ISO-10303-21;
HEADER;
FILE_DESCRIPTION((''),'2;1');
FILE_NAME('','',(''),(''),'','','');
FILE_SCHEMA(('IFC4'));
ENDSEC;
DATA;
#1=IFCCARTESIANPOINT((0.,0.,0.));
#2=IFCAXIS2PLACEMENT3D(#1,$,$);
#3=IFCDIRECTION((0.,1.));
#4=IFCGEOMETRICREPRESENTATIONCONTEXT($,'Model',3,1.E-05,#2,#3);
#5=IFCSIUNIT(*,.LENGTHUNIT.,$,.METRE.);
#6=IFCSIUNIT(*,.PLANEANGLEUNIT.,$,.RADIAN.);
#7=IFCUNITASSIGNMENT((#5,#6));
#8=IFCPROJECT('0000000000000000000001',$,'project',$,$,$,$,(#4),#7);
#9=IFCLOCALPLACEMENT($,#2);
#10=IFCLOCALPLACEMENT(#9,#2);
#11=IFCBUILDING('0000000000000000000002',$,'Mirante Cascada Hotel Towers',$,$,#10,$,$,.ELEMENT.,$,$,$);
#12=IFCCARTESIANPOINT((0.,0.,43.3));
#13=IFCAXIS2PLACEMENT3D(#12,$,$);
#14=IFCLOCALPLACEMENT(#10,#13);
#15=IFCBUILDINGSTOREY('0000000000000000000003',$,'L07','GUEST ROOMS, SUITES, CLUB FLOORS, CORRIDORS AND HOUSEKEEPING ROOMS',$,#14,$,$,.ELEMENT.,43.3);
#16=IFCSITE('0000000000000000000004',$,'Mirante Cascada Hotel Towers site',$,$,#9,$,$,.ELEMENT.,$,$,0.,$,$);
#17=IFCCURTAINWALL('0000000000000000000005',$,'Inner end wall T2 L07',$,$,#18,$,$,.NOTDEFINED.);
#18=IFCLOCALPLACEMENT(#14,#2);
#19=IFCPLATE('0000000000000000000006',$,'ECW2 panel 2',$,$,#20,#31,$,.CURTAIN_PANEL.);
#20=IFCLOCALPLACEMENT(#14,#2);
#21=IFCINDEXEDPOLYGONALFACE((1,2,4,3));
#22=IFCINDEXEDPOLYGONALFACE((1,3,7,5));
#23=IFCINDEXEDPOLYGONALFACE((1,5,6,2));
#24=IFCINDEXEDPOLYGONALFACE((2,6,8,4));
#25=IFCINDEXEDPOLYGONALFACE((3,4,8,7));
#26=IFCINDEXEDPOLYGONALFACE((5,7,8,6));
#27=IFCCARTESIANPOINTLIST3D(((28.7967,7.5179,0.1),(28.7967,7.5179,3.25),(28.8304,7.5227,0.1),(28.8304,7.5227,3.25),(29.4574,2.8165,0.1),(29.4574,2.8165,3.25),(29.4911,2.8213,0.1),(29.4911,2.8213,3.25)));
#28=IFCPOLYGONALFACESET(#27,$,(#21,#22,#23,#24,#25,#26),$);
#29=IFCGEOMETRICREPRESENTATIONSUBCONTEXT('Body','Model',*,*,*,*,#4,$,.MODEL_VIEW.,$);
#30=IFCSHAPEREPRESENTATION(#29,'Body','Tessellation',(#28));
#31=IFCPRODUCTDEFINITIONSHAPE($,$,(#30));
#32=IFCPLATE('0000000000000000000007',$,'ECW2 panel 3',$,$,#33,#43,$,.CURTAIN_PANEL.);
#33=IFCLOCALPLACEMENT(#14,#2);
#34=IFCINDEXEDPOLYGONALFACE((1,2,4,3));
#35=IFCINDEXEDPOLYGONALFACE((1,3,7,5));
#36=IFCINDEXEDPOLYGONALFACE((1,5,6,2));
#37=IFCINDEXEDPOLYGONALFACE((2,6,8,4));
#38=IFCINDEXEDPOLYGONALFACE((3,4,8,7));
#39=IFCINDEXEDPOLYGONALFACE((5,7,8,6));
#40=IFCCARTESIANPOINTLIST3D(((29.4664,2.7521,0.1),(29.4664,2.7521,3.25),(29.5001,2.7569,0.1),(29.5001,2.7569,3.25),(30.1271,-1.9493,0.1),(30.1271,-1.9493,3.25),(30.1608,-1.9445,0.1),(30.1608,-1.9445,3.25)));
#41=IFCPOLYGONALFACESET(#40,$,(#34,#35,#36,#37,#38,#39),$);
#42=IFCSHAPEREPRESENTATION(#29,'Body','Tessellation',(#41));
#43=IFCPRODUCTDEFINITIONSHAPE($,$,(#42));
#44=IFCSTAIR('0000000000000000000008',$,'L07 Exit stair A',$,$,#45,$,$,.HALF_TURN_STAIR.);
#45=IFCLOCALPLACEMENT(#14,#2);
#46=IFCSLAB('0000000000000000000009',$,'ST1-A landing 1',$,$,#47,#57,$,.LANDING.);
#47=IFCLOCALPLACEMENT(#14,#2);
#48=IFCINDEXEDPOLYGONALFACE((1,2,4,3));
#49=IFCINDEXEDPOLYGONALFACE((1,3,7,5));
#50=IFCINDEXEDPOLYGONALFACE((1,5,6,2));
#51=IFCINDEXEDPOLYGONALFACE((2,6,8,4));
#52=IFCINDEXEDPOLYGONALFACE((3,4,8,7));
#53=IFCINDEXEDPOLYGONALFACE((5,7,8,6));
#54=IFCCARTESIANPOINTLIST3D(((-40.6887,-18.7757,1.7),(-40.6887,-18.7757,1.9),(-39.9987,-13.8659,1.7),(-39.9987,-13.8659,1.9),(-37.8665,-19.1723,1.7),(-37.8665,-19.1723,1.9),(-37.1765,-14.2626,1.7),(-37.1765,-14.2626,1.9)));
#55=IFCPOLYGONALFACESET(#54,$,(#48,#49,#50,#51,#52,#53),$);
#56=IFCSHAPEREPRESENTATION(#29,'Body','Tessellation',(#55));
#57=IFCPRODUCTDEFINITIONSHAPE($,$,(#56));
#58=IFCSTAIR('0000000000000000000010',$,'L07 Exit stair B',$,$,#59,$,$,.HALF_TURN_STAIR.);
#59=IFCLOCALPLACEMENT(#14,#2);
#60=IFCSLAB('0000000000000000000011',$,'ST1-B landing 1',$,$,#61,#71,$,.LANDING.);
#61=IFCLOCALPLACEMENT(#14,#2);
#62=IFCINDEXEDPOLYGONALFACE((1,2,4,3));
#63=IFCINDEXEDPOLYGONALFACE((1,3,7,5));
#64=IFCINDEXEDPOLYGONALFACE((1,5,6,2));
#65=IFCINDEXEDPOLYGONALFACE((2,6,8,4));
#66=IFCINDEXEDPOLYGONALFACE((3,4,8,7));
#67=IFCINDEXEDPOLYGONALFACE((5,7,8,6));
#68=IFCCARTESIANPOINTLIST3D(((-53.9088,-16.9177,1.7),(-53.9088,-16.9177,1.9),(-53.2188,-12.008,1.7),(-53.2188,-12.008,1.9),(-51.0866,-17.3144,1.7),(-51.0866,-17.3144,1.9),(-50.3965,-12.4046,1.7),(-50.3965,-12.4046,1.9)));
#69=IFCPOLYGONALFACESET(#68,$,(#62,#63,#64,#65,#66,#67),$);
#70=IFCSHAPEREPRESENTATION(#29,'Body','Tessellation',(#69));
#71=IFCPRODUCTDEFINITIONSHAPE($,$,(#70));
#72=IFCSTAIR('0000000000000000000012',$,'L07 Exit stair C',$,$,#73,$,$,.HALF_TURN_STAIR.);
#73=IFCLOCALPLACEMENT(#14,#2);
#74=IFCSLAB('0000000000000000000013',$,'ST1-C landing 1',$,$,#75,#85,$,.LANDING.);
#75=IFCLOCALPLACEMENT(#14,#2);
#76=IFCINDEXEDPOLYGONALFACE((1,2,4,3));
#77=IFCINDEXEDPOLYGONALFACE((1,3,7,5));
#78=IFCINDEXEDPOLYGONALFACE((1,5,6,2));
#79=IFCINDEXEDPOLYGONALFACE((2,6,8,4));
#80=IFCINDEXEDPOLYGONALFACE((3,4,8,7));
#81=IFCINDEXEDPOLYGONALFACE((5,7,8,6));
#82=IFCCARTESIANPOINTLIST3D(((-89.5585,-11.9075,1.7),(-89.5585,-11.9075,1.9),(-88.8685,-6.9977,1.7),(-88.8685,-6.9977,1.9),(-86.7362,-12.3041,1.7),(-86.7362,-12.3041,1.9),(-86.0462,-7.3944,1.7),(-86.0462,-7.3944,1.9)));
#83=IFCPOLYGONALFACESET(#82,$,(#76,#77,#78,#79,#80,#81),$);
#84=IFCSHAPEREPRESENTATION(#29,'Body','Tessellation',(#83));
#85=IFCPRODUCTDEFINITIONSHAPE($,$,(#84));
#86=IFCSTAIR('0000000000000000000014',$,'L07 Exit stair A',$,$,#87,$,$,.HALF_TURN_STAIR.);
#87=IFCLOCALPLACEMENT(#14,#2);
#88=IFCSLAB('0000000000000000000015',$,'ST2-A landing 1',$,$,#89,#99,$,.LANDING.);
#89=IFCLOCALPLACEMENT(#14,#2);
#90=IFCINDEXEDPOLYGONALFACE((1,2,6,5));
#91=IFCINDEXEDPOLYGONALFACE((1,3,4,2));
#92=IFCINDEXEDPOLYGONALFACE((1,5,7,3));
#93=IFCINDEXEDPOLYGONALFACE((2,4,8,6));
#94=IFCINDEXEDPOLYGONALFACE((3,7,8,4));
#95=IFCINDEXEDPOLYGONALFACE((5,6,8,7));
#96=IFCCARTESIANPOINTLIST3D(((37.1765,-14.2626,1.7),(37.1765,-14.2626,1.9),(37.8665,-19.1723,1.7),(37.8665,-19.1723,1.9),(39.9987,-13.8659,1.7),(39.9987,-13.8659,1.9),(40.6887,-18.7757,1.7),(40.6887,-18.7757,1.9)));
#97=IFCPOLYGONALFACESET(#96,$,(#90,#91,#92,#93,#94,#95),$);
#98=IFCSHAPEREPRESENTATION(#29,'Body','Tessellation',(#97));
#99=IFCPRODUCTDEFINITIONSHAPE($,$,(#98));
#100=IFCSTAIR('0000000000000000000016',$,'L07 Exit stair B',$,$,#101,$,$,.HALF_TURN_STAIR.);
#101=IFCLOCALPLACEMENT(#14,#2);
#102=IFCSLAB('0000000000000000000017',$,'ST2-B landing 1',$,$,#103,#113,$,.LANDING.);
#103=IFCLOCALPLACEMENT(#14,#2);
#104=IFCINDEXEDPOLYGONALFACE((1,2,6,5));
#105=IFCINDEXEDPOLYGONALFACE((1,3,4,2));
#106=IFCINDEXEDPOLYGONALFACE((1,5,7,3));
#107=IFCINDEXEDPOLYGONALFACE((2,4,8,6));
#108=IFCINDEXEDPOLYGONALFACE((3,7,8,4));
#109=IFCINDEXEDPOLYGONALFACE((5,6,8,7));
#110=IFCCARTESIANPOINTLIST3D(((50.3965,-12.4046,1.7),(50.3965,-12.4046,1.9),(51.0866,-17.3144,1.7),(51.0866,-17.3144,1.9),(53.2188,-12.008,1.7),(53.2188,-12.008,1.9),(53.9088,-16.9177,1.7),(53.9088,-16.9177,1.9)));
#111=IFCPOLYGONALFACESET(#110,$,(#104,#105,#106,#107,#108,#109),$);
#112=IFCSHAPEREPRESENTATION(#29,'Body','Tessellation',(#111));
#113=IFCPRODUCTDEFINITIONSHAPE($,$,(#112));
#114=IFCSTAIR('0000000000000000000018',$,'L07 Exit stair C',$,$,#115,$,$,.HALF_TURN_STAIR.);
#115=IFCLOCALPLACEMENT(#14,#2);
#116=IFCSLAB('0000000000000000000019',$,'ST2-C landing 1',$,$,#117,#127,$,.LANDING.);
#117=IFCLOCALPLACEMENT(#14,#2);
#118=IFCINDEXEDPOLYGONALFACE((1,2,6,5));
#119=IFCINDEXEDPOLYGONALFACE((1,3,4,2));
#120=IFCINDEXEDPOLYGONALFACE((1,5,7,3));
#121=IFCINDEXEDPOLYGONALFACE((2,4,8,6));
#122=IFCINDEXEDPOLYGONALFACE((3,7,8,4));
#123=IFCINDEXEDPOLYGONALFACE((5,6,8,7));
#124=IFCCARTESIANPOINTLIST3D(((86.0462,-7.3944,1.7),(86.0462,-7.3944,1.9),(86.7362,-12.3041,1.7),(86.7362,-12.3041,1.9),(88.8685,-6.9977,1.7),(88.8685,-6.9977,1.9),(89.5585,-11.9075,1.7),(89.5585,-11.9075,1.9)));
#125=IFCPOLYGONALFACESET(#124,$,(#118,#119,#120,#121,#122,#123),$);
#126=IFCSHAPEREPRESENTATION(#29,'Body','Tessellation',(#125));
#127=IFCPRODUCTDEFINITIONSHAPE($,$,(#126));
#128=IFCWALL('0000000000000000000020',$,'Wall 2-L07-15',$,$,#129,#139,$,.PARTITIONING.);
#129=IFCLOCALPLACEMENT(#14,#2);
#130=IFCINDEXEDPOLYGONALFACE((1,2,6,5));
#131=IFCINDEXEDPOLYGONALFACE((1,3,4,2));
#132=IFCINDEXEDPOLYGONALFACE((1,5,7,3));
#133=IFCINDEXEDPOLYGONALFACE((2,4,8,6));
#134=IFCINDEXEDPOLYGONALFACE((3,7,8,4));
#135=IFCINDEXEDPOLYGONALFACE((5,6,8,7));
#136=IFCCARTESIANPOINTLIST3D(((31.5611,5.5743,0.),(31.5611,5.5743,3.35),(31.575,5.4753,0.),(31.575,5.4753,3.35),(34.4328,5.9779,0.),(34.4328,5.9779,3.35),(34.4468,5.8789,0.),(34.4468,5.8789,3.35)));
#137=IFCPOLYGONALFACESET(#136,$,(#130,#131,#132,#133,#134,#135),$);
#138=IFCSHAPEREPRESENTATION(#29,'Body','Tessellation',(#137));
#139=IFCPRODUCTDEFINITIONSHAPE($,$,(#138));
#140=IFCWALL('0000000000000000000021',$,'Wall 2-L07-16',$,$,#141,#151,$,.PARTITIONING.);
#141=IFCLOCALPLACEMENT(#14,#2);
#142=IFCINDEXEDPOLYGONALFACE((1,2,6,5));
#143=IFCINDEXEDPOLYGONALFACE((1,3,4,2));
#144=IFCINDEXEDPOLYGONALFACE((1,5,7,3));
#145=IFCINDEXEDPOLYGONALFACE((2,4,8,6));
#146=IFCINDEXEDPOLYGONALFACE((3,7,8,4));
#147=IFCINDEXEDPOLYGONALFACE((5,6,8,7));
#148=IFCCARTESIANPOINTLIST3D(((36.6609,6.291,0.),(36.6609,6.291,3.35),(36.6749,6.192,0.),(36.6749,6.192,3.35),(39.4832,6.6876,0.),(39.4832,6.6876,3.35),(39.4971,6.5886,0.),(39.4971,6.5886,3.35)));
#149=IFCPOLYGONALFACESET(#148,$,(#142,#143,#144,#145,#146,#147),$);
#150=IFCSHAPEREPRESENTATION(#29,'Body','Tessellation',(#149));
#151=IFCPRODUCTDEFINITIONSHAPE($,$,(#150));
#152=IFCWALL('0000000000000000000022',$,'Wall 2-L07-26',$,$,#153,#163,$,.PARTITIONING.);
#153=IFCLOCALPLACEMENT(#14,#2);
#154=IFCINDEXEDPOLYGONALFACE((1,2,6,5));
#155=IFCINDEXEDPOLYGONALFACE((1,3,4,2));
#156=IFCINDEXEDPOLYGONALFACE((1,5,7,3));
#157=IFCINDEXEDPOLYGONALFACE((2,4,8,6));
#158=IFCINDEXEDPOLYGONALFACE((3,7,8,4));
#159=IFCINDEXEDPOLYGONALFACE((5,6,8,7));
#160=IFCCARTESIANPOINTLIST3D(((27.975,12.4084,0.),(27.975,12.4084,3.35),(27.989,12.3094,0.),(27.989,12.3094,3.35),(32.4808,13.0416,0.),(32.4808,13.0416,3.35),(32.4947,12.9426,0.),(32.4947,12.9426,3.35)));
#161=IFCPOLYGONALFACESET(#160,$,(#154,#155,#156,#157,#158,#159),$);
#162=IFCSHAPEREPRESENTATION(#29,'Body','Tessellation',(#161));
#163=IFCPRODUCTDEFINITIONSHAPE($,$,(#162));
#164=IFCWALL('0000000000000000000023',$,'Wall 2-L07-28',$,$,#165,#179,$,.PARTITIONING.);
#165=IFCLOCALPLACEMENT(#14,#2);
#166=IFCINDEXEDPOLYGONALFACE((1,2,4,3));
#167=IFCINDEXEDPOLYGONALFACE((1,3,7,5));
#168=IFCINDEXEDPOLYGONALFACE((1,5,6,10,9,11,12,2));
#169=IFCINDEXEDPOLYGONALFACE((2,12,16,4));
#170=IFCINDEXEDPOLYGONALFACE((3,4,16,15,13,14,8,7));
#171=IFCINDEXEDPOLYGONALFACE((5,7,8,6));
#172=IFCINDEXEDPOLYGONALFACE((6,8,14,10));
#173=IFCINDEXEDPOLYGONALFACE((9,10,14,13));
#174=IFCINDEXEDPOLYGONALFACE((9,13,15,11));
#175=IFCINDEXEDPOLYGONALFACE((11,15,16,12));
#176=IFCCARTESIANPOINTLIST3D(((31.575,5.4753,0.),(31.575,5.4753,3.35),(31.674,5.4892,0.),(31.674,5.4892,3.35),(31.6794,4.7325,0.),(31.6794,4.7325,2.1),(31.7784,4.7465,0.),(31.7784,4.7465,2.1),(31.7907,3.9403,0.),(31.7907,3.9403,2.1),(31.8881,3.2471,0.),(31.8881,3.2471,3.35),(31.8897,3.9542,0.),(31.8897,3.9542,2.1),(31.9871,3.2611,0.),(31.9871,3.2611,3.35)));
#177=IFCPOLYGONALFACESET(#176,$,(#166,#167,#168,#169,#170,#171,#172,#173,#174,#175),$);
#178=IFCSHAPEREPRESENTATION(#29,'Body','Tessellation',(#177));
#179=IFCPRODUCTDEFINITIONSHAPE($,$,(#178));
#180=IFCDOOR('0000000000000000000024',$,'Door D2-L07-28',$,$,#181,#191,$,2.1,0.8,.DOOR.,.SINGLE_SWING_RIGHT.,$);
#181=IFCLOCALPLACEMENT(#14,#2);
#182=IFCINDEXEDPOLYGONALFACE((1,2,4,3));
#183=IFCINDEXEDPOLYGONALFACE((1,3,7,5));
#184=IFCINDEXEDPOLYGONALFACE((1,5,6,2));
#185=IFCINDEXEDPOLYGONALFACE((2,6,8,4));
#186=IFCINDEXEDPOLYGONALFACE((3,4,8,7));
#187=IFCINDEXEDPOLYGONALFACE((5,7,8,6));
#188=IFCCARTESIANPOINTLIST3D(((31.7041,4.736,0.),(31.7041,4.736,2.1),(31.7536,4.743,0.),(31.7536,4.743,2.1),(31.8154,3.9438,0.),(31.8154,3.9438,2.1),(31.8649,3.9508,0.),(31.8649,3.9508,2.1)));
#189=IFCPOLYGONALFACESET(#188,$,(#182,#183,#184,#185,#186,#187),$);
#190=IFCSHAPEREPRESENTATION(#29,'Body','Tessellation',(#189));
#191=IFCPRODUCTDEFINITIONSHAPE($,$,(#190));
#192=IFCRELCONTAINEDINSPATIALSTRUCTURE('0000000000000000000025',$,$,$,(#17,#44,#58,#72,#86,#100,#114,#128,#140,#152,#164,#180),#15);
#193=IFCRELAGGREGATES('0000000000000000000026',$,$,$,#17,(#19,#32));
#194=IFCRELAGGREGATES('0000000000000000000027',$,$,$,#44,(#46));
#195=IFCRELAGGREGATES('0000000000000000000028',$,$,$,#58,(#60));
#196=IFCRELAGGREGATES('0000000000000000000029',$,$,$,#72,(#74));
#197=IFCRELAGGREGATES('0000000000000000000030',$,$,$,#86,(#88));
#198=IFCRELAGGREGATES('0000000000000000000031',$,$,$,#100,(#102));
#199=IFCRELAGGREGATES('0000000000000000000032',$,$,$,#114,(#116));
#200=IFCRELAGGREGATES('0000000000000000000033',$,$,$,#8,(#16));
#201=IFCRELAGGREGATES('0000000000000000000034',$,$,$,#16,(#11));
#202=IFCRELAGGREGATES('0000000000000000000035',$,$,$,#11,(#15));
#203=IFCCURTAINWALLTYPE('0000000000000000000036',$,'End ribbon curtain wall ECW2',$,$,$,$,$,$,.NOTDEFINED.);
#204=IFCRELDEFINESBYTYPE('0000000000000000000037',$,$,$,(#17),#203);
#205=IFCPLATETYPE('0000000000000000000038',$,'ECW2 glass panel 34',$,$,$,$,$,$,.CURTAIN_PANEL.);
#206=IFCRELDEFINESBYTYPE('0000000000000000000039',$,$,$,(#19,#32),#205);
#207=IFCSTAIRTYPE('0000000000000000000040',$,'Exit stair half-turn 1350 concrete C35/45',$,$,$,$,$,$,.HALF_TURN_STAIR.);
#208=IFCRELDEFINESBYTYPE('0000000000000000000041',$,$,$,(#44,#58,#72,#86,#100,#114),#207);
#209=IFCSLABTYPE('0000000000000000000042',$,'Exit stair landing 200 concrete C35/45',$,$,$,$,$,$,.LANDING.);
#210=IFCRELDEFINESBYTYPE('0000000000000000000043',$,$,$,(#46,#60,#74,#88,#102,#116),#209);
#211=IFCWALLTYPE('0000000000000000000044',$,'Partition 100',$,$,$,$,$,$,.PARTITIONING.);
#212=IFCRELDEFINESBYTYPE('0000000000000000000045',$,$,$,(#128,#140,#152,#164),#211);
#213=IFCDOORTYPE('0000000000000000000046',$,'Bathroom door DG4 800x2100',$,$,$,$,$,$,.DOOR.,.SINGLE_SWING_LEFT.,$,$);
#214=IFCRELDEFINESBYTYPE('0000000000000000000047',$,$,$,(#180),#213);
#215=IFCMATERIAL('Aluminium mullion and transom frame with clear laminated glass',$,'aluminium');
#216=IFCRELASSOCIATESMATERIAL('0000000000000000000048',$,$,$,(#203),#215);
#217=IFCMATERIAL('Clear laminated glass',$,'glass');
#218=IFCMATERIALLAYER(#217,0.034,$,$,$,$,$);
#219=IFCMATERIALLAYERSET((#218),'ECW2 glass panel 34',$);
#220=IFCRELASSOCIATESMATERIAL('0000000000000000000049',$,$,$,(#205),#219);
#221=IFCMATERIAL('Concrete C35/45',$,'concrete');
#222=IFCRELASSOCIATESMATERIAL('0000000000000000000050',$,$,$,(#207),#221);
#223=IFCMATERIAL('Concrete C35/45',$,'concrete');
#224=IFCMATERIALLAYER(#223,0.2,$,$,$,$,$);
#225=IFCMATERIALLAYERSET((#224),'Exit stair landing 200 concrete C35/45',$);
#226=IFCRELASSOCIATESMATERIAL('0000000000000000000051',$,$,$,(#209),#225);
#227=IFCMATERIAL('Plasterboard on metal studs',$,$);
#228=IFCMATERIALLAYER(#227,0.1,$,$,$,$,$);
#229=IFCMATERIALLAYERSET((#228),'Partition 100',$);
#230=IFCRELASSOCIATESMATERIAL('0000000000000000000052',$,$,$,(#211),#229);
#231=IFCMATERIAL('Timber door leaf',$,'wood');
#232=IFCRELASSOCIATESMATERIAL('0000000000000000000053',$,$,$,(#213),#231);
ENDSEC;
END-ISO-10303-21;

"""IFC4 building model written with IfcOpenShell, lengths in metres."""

from ifc_helpers import new_model, si_unit, direction, frame, frame_2d, origin, origin_2d, place, context, subcontext, project, spatial, polyline, rectangle, outline, extrude, material, layer, layer_set, type_object, element, fill, aggregate, save


model = new_model("IFC4")

# Units and contexts
model_context = context("Model", 3, precision=1e-05, world=origin(), true_north=direction((0.0, 1.0)))
body_context = subcontext(model_context, "Body", "Model", "MODEL_VIEW")
ifc_project = project(units=[si_unit("LENGTHUNIT", "METRE"), si_unit("PLANEANGLEUNIT", "RADIAN")], contexts=[model_context])

# Site, building, storey
site_placement = place(None, origin())
site = spatial("IfcSite", under=ifc_project, at=site_placement, Name="Mirante Cascada Hotel Towers site", CompositionType="ELEMENT", RefElevation=0.0)
building_placement = place(site_placement, origin())
building = spatial("IfcBuilding", under=site, at=building_placement, Name="Mirante Cascada Hotel Towers", CompositionType="ELEMENT")
storey_placement = place(building_placement, frame((0.0, 0.0, 43.3)))
storey = spatial("IfcBuildingStorey", under=building, at=storey_placement, Name="L07", Description="GUEST ROOMS, SUITES, CLUB FLOORS, CORRIDORS AND HOUSEKEEPING ROOMS", CompositionType="ELEMENT", Elevation=43.3)

# Curtain wall
ifc_material_1 = material(Name="Aluminium mullion and transom frame with clear laminated glass", Category="aluminium")
curtain_wall_type_1 = type_object("IfcCurtainWallType", Name="End ribbon curtain wall ECW2", PredefinedType="NOTDEFINED", material=ifc_material_1)
curtain_wall_1_placement = place(storey_placement, origin())
curtain_wall_1 = element("IfcCurtainWall", 1, at=curtain_wall_1_placement, inside=storey, type_object=curtain_wall_type_1, Name="Inner end wall T2 L07", PredefinedType="NOTDEFINED")

# Plates
ifc_material_2 = material(Name="Clear laminated glass", Category="glass")
ifc_layer_1 = layer(ifc_material_2, 0.034)
ifc_layer_set_1 = layer_set([ifc_layer_1], Name="ECW2 glass panel 34")
plate_type_1 = type_object("IfcPlateType", Name="ECW2 glass panel 34", PredefinedType="CURTAIN_PANEL", material=ifc_layer_set_1)
plate_1_placement = place(storey_placement, frame((29.1439, 5.1696, 0.1), z_axis=(0.0, 0.0, 1.0), x_axis=(0.139173, -0.990268, 0.0)))
plate_1 = element("IfcPlate", 2, at=plate_1_placement, type_object=plate_type_1, Name="ECW2 panel 2", PredefinedType="CURTAIN_PANEL", context=body_context, shape_type="SweptSolid", body=[
    extrude(rectangle(XDim=4.7476, YDim=0.034, at=origin_2d()), origin(), (0.0, 0.0, 1.0), 3.15),
])
plate_2_placement = place(storey_placement, frame((29.8136, 0.4038, 0.1), z_axis=(0.0, 0.0, 1.0), x_axis=(0.139173, -0.990268, 0.0)))
plate_2 = element("IfcPlate", 3, at=plate_2_placement, type_object=plate_type_1, Name="ECW2 panel 3", PredefinedType="CURTAIN_PANEL", context=body_context, shape_type="SweptSolid", body=[
    extrude(rectangle(XDim=4.7476, YDim=0.034, at=origin_2d()), origin(), (0.0, 0.0, 1.0), 3.15),
])
aggregate(curtain_wall_1, [plate_1, plate_2])

# Stairs, slabs
ifc_material_3 = material(Name="Concrete C35/45", Category="concrete")
stair_type = type_object("IfcStairType", Name="Exit stair half-turn 1350 concrete C35/45", PredefinedType="HALF_TURN_STAIR", material=ifc_material_3)
stair_1_placement = place(storey_placement, origin())
stair_1 = element("IfcStair", 4, at=stair_1_placement, inside=storey, type_object=stair_type, Name="L07 Exit stair A", PredefinedType="HALF_TURN_STAIR")
ifc_material_4 = material(Name="Concrete C35/45", Category="concrete")
ifc_layer_2 = layer(ifc_material_4, 0.2)
ifc_layer_set_2 = layer_set([ifc_layer_2], Name="Exit stair landing 200 concrete C35/45")
slab_type = type_object("IfcSlabType", Name="Exit stair landing 200 concrete C35/45", PredefinedType="LANDING", material=ifc_layer_set_2)
slab_1_placement = place(storey_placement, frame((0.0, 0.0, 1.7)))
slab_1 = element("IfcSlab", 5, at=slab_1_placement, type_object=slab_type, Name="ST1-A landing 1", PredefinedType="LANDING", context=body_context, shape_type="SweptSolid", body=[
    extrude(outline(polyline([(-39.9987, -13.8659), (-40.6887, -18.7757), (-37.8665, -19.1723), (-37.1765, -14.2626), (-39.9987, -13.8659)])), origin(), (0.0, 0.0, 1.0), 0.2),
])
aggregate(stair_1, [slab_1])
stair_2_placement = place(storey_placement, origin())
stair_2 = element("IfcStair", 6, at=stair_2_placement, inside=storey, type_object=stair_type, Name="L07 Exit stair B", PredefinedType="HALF_TURN_STAIR")
slab_2_placement = place(storey_placement, frame((0.0, 0.0, 1.7)))
slab_2 = element("IfcSlab", 7, at=slab_2_placement, type_object=slab_type, Name="ST1-B landing 1", PredefinedType="LANDING", context=body_context, shape_type="SweptSolid", body=[
    extrude(outline(polyline([(-53.2188, -12.008), (-53.9088, -16.9177), (-51.0866, -17.3144), (-50.3965, -12.4046), (-53.2188, -12.008)])), origin(), (0.0, 0.0, 1.0), 0.2),
])
aggregate(stair_2, [slab_2])
stair_3_placement = place(storey_placement, origin())
stair_3 = element("IfcStair", 8, at=stair_3_placement, inside=storey, type_object=stair_type, Name="L07 Exit stair C", PredefinedType="HALF_TURN_STAIR")
slab_3_placement = place(storey_placement, frame((0.0, 0.0, 1.7)))
slab_3 = element("IfcSlab", 9, at=slab_3_placement, type_object=slab_type, Name="ST1-C landing 1", PredefinedType="LANDING", context=body_context, shape_type="SweptSolid", body=[
    extrude(outline(polyline([(-88.8685, -6.9977), (-89.5585, -11.9075), (-86.7362, -12.3041), (-86.0462, -7.3944), (-88.8685, -6.9977)])), origin(), (0.0, 0.0, 1.0), 0.2),
])
aggregate(stair_3, [slab_3])
stair_4_placement = place(storey_placement, origin())
stair_4 = element("IfcStair", 10, at=stair_4_placement, inside=storey, type_object=stair_type, Name="L07 Exit stair A", PredefinedType="HALF_TURN_STAIR")
slab_4_placement = place(storey_placement, frame((0.0, 0.0, 1.7)))
slab_4 = element("IfcSlab", 11, at=slab_4_placement, type_object=slab_type, Name="ST2-A landing 1", PredefinedType="LANDING", context=body_context, shape_type="SweptSolid", body=[
    extrude(outline(polyline([(37.1765, -14.2626), (37.8665, -19.1723), (40.6887, -18.7757), (39.9987, -13.8659), (37.1765, -14.2626)])), origin(), (0.0, 0.0, 1.0), 0.2),
])
aggregate(stair_4, [slab_4])
stair_5_placement = place(storey_placement, origin())
stair_5 = element("IfcStair", 12, at=stair_5_placement, inside=storey, type_object=stair_type, Name="L07 Exit stair B", PredefinedType="HALF_TURN_STAIR")
slab_5_placement = place(storey_placement, frame((0.0, 0.0, 1.7)))
slab_5 = element("IfcSlab", 13, at=slab_5_placement, type_object=slab_type, Name="ST2-B landing 1", PredefinedType="LANDING", context=body_context, shape_type="SweptSolid", body=[
    extrude(outline(polyline([(50.3965, -12.4046), (51.0866, -17.3144), (53.9088, -16.9177), (53.2188, -12.008), (50.3965, -12.4046)])), origin(), (0.0, 0.0, 1.0), 0.2),
])
aggregate(stair_5, [slab_5])
stair_6_placement = place(storey_placement, origin())
stair_6 = element("IfcStair", 14, at=stair_6_placement, inside=storey, type_object=stair_type, Name="L07 Exit stair C", PredefinedType="HALF_TURN_STAIR")
slab_6_placement = place(storey_placement, frame((0.0, 0.0, 1.7)))
slab_6 = element("IfcSlab", 15, at=slab_6_placement, type_object=slab_type, Name="ST2-C landing 1", PredefinedType="LANDING", context=body_context, shape_type="SweptSolid", body=[
    extrude(outline(polyline([(86.0462, -7.3944), (86.7362, -12.3041), (89.5585, -11.9075), (88.8685, -6.9977), (86.0462, -7.3944)])), origin(), (0.0, 0.0, 1.0), 0.2),
])
aggregate(stair_6, [slab_6])

# Walls
ifc_material_5 = material(Name="Plasterboard on metal studs")
ifc_layer_3 = layer(ifc_material_5, 0.1)
ifc_layer_set_3 = layer_set([ifc_layer_3], Name="Partition 100")
wall_type_1 = type_object("IfcWallType", Name="Partition 100", PredefinedType="PARTITIONING", material=ifc_layer_set_3)
wall_1_placement = place(storey_placement, frame((34.4398, 5.9284, 0.0), z_axis=(0.0, 0.0, 1.0), x_axis=(-0.990268, -0.139171, 0.0)))
element("IfcWall", 16, at=wall_1_placement, inside=storey, type_object=wall_type_1, Name="Wall 2-L07-15", PredefinedType="PARTITIONING", context=body_context, shape_type="SweptSolid", body=[
    extrude(rectangle(XDim=2.9, YDim=0.1, at=frame_2d((1.45, 0.0))), origin(), (0.0, 0.0, 1.0), 3.35),
])
wall_2_placement = place(storey_placement, frame((36.6679, 6.2415, 0.0), z_axis=(0.0, 0.0, 1.0), x_axis=(0.99027, 0.139156, 0.0)))
element("IfcWall", 17, at=wall_2_placement, inside=storey, type_object=wall_type_1, Name="Wall 2-L07-16", PredefinedType="PARTITIONING", context=body_context, shape_type="SweptSolid", body=[
    extrude(rectangle(XDim=2.85, YDim=0.1, at=frame_2d((1.425, 0.0))), origin(), (0.0, 0.0, 1.0), 3.35),
])
wall_3_placement = place(storey_placement, frame((27.982, 12.3589, 0.0), z_axis=(0.0, 0.0, 1.0), x_axis=(0.990269, 0.139166, 0.0)))
element("IfcWall", 18, at=wall_3_placement, inside=storey, type_object=wall_type_1, Name="Wall 2-L07-26", PredefinedType="PARTITIONING", context=body_context, shape_type="SweptSolid", body=[
    extrude(rectangle(XDim=4.55, YDim=0.1, at=frame_2d((2.275, 0.0))), origin(), (0.0, 0.0, 1.0), 3.35),
])

# Wall, opening, door
wall_4_placement = place(storey_placement, frame((31.9376, 3.2541, 0.0), z_axis=(0.0, 0.0, 1.0), x_axis=(-0.139156, 0.990271, 0.0)))
wall_4 = element("IfcWall", 19, at=wall_4_placement, inside=storey, type_object=wall_type_1, Name="Wall 2-L07-28", PredefinedType="PARTITIONING", context=body_context, shape_type="SweptSolid", body=[
    extrude(rectangle(XDim=2.25, YDim=0.1, at=frame_2d((1.125, 0.0))), origin(), (0.0, 0.0, 1.0), 3.35),
])
opening_1_placement = place(wall_4_placement, frame((0.7, 0.0, 0.0)))
opening_1 = element("IfcOpeningElement", 20, at=opening_1_placement, cuts=wall_4, PredefinedType="OPENING", context=body_context, shape_type="SweptSolid", body=[
    extrude(rectangle(XDim=0.8, YDim=2.1, at=frame_2d((0.4, 1.05))), frame((0.0, 0.05, 0.0), z_axis=(0.0, -1.0, 0.0), x_axis=(1.0, 0.0, 0.0)), (0.0, 0.0, 1.0), 0.1),
])
ifc_material_6 = material(Name="Timber door leaf", Category="wood")
door_type_1 = type_object("IfcDoorType", Name="Bathroom door DG4 800x2100", OperationType="SINGLE_SWING_LEFT", PredefinedType="DOOR", material=ifc_material_6)
door_1_placement = place(opening_1_placement, frame((0.8, 0.0, 0.0), z_axis=(0.0, 0.0, 1.0), x_axis=(-1.0, 0.0, 0.0)))
door_1 = element("IfcDoor", 21, at=door_1_placement, inside=storey, type_object=door_type_1, Name="Door D2-L07-28", OperationType="SINGLE_SWING_RIGHT", OverallHeight=2.1, OverallWidth=0.8, PredefinedType="DOOR", context=body_context, shape_type="SweptSolid", body=[
    extrude(rectangle(XDim=0.8, YDim=2.1, at=frame_2d((0.4, 1.05))), frame((0.0, 0.025, 0.0), z_axis=(0.0, -1.0, 0.0), x_axis=(1.0, 0.0, 0.0)), (0.0, 0.0, 1.0), 0.05),
])
fill(opening_1, door_1)

save(model, "model.ifc")
